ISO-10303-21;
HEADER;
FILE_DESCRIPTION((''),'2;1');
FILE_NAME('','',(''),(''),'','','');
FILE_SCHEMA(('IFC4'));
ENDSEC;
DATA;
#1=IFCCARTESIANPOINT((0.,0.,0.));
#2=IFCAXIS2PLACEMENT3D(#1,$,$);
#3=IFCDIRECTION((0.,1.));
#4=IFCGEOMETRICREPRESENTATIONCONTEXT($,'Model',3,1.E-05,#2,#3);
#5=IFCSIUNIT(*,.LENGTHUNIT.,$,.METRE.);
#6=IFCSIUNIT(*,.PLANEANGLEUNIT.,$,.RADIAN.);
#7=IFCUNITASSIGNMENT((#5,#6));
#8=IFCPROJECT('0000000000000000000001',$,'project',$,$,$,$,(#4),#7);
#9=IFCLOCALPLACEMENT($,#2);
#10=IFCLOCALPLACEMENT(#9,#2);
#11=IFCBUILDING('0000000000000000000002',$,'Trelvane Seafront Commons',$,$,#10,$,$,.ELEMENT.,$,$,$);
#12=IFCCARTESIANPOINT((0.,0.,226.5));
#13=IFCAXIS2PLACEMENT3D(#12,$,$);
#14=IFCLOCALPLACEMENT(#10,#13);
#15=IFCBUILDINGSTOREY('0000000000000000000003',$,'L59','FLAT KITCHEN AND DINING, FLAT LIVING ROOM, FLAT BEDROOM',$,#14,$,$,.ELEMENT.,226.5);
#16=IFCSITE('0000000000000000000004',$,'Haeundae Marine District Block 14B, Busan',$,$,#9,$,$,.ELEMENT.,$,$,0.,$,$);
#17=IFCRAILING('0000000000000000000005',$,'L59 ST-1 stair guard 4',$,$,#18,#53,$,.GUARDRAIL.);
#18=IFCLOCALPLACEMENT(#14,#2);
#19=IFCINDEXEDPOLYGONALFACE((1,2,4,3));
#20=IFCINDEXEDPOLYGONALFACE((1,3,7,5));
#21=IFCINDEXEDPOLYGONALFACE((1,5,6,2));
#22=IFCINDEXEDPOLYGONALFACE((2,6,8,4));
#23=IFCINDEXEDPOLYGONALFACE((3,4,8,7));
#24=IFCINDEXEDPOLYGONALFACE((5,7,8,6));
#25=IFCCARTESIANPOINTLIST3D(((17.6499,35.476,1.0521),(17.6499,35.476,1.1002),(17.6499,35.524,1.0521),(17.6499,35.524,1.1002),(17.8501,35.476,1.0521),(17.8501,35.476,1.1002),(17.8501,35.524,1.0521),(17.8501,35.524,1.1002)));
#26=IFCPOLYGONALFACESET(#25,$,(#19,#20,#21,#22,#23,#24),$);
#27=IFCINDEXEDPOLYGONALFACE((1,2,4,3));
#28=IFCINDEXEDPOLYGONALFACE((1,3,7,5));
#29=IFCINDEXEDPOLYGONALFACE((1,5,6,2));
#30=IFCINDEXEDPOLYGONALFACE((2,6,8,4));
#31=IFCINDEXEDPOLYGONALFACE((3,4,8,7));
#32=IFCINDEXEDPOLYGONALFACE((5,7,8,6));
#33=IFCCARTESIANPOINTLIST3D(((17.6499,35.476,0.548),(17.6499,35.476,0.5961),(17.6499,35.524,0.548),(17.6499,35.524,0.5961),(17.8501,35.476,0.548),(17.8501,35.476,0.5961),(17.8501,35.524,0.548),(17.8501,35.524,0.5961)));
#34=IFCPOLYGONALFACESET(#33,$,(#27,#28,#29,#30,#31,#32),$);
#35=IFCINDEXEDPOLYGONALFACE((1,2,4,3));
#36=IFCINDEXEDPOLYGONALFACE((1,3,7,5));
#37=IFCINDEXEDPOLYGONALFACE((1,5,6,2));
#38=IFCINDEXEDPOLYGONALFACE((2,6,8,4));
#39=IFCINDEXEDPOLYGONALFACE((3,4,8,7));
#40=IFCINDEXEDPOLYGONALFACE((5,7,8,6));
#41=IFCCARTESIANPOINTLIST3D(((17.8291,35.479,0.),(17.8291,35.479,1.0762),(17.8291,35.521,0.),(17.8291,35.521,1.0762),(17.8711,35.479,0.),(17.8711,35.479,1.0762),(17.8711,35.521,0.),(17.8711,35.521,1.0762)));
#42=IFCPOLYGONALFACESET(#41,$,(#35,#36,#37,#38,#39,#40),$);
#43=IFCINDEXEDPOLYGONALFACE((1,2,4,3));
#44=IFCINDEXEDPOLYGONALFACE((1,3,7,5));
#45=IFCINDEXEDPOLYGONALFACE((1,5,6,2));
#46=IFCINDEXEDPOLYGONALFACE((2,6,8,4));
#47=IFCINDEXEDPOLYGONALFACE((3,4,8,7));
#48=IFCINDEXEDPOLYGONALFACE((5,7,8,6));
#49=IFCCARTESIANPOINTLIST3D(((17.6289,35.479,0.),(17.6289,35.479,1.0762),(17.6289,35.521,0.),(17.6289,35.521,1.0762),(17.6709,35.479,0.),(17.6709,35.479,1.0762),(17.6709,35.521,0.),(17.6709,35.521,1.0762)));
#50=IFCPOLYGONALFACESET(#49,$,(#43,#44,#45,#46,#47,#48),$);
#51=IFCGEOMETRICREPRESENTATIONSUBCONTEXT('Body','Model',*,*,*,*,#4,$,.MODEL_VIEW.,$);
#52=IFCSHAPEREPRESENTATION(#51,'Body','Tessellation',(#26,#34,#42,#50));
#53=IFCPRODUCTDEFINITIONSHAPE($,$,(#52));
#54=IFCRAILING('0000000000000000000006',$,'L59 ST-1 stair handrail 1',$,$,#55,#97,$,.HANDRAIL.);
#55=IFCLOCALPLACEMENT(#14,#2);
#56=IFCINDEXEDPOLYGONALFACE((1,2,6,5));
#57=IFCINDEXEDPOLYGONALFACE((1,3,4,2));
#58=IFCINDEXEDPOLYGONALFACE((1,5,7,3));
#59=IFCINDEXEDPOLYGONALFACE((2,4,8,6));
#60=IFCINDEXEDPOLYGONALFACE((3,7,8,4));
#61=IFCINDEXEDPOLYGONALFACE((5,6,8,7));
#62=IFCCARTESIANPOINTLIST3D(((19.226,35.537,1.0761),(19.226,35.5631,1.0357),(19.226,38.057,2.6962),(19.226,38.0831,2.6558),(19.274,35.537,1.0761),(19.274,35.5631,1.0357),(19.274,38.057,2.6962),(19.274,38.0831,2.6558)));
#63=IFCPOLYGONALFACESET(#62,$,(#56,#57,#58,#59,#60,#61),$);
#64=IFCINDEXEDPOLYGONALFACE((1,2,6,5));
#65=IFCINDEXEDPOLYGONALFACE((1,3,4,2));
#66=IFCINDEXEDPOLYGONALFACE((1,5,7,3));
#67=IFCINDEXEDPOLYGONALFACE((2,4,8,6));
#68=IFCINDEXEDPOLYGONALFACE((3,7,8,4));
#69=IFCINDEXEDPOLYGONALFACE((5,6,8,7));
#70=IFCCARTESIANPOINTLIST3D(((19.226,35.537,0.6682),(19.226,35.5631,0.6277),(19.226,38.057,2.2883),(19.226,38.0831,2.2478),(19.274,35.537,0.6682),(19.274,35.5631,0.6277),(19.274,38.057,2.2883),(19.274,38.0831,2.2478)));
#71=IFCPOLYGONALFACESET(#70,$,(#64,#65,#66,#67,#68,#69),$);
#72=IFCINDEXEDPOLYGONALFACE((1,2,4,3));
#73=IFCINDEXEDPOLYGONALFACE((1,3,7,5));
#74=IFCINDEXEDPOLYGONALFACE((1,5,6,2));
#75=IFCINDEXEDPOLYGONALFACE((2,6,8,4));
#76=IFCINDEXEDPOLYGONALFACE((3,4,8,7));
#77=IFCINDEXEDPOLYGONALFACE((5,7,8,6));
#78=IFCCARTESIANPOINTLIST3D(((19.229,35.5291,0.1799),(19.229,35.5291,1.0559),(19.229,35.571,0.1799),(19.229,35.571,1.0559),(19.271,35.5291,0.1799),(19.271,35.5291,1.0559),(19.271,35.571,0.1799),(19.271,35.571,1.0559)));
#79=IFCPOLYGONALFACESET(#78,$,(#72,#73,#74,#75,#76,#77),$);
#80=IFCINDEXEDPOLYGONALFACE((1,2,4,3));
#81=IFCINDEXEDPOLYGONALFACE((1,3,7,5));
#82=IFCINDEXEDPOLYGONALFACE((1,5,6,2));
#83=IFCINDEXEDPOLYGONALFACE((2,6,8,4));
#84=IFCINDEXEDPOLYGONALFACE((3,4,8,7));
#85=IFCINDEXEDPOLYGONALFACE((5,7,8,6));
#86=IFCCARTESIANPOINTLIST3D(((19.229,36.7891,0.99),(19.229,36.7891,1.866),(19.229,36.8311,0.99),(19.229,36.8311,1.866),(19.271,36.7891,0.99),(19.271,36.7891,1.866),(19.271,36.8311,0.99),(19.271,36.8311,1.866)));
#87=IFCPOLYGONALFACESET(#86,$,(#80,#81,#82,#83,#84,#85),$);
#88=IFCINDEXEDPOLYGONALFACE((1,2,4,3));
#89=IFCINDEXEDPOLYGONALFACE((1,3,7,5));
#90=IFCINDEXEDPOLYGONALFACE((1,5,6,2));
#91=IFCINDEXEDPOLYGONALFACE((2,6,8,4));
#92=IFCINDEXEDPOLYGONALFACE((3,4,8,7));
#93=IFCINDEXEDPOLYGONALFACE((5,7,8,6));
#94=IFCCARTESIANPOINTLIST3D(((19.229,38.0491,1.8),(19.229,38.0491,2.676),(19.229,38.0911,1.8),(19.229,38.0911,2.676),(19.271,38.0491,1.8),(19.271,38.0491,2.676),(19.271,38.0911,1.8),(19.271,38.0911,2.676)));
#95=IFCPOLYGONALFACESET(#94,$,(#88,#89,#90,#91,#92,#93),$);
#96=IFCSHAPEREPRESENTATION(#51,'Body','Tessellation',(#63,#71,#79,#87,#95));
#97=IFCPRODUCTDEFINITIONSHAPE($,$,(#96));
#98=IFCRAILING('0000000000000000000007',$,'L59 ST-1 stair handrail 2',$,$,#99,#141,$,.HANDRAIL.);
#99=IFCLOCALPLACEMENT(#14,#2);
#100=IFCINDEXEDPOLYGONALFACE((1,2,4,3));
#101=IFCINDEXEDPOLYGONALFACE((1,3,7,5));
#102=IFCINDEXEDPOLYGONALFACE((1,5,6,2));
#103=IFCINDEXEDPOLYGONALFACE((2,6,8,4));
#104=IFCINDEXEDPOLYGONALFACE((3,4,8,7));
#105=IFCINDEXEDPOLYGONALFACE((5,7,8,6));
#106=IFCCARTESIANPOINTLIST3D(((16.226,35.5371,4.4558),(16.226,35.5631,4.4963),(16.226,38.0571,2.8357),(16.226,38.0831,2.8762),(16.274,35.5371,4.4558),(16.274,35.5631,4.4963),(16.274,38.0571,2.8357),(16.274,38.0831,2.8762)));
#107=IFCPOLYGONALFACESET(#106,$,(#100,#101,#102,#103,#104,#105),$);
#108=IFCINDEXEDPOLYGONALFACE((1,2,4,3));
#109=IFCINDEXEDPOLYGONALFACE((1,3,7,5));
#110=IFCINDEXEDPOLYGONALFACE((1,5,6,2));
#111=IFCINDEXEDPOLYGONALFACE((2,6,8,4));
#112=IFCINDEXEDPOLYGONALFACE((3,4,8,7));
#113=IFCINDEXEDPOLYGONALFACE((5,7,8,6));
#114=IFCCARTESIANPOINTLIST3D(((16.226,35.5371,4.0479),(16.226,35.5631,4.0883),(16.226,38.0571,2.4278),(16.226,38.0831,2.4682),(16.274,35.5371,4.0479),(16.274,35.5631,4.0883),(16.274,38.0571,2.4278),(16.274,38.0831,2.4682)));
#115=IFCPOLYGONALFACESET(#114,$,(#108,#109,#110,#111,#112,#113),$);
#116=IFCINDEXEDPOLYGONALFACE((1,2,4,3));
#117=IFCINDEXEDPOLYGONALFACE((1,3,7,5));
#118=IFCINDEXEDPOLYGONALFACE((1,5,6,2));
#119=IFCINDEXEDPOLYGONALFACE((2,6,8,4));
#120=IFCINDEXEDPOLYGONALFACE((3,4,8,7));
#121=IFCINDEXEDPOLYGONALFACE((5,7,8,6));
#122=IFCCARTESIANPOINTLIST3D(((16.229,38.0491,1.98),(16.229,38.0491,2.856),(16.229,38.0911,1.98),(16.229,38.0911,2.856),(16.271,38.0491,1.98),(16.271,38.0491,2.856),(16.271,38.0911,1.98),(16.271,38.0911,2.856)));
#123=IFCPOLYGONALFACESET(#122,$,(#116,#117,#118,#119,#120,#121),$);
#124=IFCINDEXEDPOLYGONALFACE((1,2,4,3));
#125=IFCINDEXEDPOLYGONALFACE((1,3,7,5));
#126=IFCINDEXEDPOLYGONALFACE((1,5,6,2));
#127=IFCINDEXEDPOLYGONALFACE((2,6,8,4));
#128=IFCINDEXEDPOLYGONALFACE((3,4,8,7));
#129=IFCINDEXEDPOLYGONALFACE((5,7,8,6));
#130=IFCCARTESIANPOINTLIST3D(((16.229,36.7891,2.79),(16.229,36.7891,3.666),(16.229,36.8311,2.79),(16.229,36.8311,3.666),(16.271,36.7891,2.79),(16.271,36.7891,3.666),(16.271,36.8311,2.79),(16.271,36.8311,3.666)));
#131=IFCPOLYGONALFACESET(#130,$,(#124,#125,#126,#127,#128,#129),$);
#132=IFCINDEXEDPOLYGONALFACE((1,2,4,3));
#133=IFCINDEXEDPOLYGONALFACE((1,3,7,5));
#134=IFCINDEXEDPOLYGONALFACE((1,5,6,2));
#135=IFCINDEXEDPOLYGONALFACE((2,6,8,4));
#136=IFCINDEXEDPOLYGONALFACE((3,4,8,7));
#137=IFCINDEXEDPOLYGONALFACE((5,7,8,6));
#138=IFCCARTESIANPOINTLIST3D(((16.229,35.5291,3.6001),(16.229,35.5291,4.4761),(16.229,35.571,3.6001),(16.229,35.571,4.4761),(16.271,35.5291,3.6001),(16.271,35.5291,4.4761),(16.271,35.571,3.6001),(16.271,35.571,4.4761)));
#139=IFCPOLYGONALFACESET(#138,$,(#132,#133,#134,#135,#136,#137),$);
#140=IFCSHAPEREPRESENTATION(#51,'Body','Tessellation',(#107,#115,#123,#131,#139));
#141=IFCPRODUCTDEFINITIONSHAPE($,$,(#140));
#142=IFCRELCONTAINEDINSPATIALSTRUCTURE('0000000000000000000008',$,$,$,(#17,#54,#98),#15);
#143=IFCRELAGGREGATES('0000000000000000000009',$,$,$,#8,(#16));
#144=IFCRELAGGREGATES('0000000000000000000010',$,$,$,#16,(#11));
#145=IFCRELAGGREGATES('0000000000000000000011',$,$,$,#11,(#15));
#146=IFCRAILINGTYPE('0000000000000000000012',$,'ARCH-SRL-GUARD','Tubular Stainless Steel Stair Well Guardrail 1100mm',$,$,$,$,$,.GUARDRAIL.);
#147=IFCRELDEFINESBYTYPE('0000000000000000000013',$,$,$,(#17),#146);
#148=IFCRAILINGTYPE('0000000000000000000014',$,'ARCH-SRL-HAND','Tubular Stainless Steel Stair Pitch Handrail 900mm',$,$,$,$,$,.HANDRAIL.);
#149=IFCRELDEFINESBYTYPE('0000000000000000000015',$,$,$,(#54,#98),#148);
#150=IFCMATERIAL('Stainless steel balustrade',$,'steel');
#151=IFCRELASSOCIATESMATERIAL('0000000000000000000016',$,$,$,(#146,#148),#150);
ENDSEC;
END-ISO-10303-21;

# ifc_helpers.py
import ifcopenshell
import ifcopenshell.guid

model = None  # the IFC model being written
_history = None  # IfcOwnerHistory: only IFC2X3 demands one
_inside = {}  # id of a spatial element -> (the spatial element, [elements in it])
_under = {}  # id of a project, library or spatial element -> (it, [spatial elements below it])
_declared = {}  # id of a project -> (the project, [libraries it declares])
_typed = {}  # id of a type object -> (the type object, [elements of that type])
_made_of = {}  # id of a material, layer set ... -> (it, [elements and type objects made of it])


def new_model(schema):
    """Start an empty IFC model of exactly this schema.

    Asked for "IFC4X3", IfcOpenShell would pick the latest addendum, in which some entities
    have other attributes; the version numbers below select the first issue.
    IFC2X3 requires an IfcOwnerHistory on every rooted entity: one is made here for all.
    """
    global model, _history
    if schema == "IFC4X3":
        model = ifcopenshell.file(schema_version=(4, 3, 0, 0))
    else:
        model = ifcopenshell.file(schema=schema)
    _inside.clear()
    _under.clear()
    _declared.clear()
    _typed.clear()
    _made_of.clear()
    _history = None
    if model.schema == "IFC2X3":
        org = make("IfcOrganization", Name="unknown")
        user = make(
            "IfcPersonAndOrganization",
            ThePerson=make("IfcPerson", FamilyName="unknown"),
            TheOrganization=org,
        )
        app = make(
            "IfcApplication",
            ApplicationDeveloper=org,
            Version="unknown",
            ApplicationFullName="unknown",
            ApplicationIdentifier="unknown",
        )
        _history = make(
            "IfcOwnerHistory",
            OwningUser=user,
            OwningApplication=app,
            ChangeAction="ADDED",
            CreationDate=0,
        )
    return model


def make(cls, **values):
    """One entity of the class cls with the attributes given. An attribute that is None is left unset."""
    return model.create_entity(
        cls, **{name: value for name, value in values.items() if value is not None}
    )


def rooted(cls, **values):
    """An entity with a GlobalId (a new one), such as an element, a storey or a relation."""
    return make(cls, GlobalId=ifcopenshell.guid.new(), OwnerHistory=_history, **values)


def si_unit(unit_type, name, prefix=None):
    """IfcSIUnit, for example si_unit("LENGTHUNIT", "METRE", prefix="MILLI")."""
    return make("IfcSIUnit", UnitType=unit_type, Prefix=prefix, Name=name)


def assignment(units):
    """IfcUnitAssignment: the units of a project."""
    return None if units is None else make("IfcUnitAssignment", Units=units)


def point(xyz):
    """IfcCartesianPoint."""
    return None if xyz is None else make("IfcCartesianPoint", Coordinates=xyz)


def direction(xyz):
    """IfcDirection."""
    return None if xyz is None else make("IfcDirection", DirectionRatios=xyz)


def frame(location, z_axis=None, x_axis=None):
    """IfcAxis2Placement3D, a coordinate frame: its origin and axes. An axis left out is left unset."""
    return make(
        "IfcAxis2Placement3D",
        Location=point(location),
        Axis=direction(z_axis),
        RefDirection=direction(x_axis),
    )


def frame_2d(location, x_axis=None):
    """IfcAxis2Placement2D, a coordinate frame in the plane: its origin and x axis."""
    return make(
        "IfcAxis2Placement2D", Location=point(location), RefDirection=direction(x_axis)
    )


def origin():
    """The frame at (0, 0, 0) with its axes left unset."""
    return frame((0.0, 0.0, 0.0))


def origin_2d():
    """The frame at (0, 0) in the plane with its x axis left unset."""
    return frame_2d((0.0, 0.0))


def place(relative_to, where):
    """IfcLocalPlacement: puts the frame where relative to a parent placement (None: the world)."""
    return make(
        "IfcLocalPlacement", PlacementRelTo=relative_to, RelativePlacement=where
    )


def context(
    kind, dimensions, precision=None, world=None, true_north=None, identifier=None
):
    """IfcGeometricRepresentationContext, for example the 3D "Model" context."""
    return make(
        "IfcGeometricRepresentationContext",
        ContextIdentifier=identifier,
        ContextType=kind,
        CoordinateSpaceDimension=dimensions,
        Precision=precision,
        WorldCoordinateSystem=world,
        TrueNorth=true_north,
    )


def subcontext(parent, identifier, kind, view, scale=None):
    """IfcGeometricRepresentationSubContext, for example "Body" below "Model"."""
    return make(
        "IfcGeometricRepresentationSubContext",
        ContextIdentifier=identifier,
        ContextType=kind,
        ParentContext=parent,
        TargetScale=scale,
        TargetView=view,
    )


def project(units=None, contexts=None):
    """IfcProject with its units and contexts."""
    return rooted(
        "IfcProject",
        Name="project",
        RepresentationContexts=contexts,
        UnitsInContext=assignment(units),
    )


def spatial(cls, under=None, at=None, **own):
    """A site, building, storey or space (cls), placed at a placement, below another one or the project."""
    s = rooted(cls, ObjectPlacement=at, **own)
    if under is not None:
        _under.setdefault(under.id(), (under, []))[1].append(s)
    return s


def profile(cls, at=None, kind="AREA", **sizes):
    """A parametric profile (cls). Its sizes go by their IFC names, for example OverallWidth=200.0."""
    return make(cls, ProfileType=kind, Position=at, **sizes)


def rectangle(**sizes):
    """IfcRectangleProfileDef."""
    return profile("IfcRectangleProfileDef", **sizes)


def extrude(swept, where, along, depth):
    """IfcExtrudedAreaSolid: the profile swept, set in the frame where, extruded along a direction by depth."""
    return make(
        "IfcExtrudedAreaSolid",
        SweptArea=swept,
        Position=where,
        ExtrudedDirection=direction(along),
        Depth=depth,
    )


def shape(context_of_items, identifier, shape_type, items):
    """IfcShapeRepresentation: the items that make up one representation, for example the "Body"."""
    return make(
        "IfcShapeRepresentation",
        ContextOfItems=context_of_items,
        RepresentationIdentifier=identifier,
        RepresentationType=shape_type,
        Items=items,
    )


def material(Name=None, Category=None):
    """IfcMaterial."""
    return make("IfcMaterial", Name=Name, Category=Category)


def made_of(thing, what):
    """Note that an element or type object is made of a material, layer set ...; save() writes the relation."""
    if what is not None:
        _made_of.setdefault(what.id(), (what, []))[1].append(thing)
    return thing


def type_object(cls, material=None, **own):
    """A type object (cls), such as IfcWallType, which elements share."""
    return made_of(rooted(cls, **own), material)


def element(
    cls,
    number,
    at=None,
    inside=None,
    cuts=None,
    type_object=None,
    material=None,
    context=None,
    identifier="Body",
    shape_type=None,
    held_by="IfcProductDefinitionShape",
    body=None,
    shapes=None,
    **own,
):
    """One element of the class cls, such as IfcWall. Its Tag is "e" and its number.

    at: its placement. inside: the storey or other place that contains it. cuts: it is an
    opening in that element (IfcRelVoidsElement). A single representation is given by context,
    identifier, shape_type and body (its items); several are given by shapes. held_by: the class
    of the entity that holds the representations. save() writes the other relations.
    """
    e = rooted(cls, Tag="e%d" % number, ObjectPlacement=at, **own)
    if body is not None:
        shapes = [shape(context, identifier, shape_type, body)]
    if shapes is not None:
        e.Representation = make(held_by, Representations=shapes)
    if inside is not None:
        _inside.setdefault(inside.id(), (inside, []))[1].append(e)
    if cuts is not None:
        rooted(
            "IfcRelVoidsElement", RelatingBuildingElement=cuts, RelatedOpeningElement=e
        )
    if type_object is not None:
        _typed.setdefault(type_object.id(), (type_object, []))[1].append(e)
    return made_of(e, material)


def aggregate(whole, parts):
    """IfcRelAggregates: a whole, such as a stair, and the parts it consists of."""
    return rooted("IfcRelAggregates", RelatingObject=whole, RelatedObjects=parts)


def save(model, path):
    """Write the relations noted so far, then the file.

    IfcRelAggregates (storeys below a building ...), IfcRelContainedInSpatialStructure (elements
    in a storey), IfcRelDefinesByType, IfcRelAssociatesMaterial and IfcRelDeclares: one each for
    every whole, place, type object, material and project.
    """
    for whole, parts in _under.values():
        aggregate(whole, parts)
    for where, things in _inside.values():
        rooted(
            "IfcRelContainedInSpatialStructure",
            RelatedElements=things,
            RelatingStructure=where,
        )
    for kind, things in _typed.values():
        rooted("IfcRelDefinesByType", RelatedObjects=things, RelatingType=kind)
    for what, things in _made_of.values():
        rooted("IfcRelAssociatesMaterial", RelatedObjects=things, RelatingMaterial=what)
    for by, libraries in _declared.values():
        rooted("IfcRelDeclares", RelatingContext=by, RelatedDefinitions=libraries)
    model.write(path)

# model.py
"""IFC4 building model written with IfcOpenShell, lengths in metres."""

from ifc_helpers import new_model, si_unit, direction, frame, origin, origin_2d, place, context, subcontext, project, spatial, rectangle, extrude, material, type_object, element, save


model = new_model("IFC4")

# Units and contexts
model_context = context("Model", 3, precision=1e-05, world=origin(), true_north=direction((0.0, 1.0)))
body_context = subcontext(model_context, "Body", "Model", "MODEL_VIEW")
ifc_project = project(units=[si_unit("LENGTHUNIT", "METRE"), si_unit("PLANEANGLEUNIT", "RADIAN")], contexts=[model_context])

# Site, building, storey
site_placement = place(None, origin())
site = spatial("IfcSite", under=ifc_project, at=site_placement, Name="Haeundae Marine District Block 14B, Busan", CompositionType="ELEMENT", RefElevation=0.0)
building_placement = place(site_placement, origin())
building = spatial("IfcBuilding", under=site, at=building_placement, Name="Trelvane Seafront Commons", CompositionType="ELEMENT")
storey_placement = place(building_placement, frame((0.0, 0.0, 226.5)))
storey = spatial("IfcBuildingStorey", under=building, at=storey_placement, Name="L59", Description="FLAT KITCHEN AND DINING, FLAT LIVING ROOM, FLAT BEDROOM", CompositionType="ELEMENT", Elevation=226.5)

# Shared definitions
ifc_material_1 = material(Name="Stainless steel balustrade", Category="steel")

# Railings
railing_type_1 = type_object("IfcRailingType", Name="ARCH-SRL-GUARD", Description="Tubular Stainless Steel Stair Well Guardrail 1100mm", PredefinedType="GUARDRAIL", material=ifc_material_1)
railing_1_placement = place(storey_placement, frame((17.8501, 35.5, 0.0)))
element("IfcRailing", 1, at=railing_1_placement, inside=storey, type_object=railing_type_1, Name="L59 ST-1 stair guard 4", PredefinedType="GUARDRAIL", context=body_context, shape_type="SweptSolid", body=[
    extrude(rectangle(XDim=0.0481, YDim=0.0481, at=origin_2d()), frame((0.0, 0.0, 1.0762), z_axis=(-1.0, 0.0, 0.0), x_axis=(0.0, -1.0, 0.0)), (0.0, 0.0, 1.0), 0.2002),
    extrude(rectangle(XDim=0.0481, YDim=0.0481, at=origin_2d()), frame((0.0, 0.0, 0.572), z_axis=(-1.0, 0.0, 0.0), x_axis=(0.0, -1.0, 0.0)), (0.0, 0.0, 1.0), 0.2002),
    extrude(rectangle(XDim=0.042, YDim=0.042, at=origin_2d()), origin(), (0.0, 0.0, 1.0), 1.0762),
    extrude(rectangle(XDim=0.042, YDim=0.042, at=origin_2d()), frame((-0.2002, 0.0, 0.0)), (0.0, 0.0, 1.0), 1.0762),
])
railing_type_2 = type_object("IfcRailingType", Name="ARCH-SRL-HAND", Description="Tubular Stainless Steel Stair Pitch Handrail 900mm", PredefinedType="HANDRAIL", material=ifc_material_1)
railing_2_placement = place(storey_placement, frame((19.25, 35.55, 0.1799)))
element("IfcRailing", 2, at=railing_2_placement, inside=storey, type_object=railing_type_2, Name="L59 ST-1 stair handrail 1", PredefinedType="HANDRAIL", context=body_context, shape_type="SweptSolid", body=[
    extrude(rectangle(XDim=0.0481, YDim=0.0481, at=origin_2d()), frame((0.0, 0.0, 0.876), z_axis=(0.0, 0.841163, 0.540782), x_axis=(-1.0, 0.0, 0.0)), (0.0, 0.0, 1.0), 2.9958),
    extrude(rectangle(XDim=0.0481, YDim=0.0481, at=origin_2d()), frame((0.0, 0.0, 0.468), z_axis=(0.0, 0.841163, 0.540782), x_axis=(-1.0, 0.0, 0.0)), (0.0, 0.0, 1.0), 2.9958),
    extrude(rectangle(XDim=0.042, YDim=0.042, at=origin_2d()), origin(), (0.0, 0.0, 1.0), 0.876),
    extrude(rectangle(XDim=0.042, YDim=0.042, at=origin_2d()), frame((0.0, 1.26, 0.8101)), (0.0, 0.0, 1.0), 0.876),
    extrude(rectangle(XDim=0.042, YDim=0.042, at=origin_2d()), frame((0.0, 2.52, 1.6201)), (0.0, 0.0, 1.0), 0.876),
])
railing_3_placement = place(storey_placement, frame((16.25, 38.0701, 1.98)))
element("IfcRailing", 3, at=railing_3_placement, inside=storey, type_object=railing_type_2, Name="L59 ST-1 stair handrail 2", PredefinedType="HANDRAIL", context=body_context, shape_type="SweptSolid", body=[
    extrude(rectangle(XDim=0.0481, YDim=0.0481, at=origin_2d()), frame((0.0, 0.0, 0.876), z_axis=(0.0, -0.841163, 0.540782), x_axis=(1.0, 0.0, 0.0)), (0.0, 0.0, 1.0), 2.9958),
    extrude(rectangle(XDim=0.0481, YDim=0.0481, at=origin_2d()), frame((0.0, 0.0, 0.468), z_axis=(0.0, -0.841163, 0.540782), x_axis=(1.0, 0.0, 0.0)), (0.0, 0.0, 1.0), 2.9958),
    extrude(rectangle(XDim=0.042, YDim=0.042, at=origin_2d()), origin(), (0.0, 0.0, 1.0), 0.876),
    extrude(rectangle(XDim=0.042, YDim=0.042, at=origin_2d()), frame((0.0, -1.26, 0.8101)), (0.0, 0.0, 1.0), 0.876),
    extrude(rectangle(XDim=0.042, YDim=0.042, at=origin_2d()), frame((0.0, -2.52, 1.6201)), (0.0, 0.0, 1.0), 0.876),
])

save(model, "model.ifc")
